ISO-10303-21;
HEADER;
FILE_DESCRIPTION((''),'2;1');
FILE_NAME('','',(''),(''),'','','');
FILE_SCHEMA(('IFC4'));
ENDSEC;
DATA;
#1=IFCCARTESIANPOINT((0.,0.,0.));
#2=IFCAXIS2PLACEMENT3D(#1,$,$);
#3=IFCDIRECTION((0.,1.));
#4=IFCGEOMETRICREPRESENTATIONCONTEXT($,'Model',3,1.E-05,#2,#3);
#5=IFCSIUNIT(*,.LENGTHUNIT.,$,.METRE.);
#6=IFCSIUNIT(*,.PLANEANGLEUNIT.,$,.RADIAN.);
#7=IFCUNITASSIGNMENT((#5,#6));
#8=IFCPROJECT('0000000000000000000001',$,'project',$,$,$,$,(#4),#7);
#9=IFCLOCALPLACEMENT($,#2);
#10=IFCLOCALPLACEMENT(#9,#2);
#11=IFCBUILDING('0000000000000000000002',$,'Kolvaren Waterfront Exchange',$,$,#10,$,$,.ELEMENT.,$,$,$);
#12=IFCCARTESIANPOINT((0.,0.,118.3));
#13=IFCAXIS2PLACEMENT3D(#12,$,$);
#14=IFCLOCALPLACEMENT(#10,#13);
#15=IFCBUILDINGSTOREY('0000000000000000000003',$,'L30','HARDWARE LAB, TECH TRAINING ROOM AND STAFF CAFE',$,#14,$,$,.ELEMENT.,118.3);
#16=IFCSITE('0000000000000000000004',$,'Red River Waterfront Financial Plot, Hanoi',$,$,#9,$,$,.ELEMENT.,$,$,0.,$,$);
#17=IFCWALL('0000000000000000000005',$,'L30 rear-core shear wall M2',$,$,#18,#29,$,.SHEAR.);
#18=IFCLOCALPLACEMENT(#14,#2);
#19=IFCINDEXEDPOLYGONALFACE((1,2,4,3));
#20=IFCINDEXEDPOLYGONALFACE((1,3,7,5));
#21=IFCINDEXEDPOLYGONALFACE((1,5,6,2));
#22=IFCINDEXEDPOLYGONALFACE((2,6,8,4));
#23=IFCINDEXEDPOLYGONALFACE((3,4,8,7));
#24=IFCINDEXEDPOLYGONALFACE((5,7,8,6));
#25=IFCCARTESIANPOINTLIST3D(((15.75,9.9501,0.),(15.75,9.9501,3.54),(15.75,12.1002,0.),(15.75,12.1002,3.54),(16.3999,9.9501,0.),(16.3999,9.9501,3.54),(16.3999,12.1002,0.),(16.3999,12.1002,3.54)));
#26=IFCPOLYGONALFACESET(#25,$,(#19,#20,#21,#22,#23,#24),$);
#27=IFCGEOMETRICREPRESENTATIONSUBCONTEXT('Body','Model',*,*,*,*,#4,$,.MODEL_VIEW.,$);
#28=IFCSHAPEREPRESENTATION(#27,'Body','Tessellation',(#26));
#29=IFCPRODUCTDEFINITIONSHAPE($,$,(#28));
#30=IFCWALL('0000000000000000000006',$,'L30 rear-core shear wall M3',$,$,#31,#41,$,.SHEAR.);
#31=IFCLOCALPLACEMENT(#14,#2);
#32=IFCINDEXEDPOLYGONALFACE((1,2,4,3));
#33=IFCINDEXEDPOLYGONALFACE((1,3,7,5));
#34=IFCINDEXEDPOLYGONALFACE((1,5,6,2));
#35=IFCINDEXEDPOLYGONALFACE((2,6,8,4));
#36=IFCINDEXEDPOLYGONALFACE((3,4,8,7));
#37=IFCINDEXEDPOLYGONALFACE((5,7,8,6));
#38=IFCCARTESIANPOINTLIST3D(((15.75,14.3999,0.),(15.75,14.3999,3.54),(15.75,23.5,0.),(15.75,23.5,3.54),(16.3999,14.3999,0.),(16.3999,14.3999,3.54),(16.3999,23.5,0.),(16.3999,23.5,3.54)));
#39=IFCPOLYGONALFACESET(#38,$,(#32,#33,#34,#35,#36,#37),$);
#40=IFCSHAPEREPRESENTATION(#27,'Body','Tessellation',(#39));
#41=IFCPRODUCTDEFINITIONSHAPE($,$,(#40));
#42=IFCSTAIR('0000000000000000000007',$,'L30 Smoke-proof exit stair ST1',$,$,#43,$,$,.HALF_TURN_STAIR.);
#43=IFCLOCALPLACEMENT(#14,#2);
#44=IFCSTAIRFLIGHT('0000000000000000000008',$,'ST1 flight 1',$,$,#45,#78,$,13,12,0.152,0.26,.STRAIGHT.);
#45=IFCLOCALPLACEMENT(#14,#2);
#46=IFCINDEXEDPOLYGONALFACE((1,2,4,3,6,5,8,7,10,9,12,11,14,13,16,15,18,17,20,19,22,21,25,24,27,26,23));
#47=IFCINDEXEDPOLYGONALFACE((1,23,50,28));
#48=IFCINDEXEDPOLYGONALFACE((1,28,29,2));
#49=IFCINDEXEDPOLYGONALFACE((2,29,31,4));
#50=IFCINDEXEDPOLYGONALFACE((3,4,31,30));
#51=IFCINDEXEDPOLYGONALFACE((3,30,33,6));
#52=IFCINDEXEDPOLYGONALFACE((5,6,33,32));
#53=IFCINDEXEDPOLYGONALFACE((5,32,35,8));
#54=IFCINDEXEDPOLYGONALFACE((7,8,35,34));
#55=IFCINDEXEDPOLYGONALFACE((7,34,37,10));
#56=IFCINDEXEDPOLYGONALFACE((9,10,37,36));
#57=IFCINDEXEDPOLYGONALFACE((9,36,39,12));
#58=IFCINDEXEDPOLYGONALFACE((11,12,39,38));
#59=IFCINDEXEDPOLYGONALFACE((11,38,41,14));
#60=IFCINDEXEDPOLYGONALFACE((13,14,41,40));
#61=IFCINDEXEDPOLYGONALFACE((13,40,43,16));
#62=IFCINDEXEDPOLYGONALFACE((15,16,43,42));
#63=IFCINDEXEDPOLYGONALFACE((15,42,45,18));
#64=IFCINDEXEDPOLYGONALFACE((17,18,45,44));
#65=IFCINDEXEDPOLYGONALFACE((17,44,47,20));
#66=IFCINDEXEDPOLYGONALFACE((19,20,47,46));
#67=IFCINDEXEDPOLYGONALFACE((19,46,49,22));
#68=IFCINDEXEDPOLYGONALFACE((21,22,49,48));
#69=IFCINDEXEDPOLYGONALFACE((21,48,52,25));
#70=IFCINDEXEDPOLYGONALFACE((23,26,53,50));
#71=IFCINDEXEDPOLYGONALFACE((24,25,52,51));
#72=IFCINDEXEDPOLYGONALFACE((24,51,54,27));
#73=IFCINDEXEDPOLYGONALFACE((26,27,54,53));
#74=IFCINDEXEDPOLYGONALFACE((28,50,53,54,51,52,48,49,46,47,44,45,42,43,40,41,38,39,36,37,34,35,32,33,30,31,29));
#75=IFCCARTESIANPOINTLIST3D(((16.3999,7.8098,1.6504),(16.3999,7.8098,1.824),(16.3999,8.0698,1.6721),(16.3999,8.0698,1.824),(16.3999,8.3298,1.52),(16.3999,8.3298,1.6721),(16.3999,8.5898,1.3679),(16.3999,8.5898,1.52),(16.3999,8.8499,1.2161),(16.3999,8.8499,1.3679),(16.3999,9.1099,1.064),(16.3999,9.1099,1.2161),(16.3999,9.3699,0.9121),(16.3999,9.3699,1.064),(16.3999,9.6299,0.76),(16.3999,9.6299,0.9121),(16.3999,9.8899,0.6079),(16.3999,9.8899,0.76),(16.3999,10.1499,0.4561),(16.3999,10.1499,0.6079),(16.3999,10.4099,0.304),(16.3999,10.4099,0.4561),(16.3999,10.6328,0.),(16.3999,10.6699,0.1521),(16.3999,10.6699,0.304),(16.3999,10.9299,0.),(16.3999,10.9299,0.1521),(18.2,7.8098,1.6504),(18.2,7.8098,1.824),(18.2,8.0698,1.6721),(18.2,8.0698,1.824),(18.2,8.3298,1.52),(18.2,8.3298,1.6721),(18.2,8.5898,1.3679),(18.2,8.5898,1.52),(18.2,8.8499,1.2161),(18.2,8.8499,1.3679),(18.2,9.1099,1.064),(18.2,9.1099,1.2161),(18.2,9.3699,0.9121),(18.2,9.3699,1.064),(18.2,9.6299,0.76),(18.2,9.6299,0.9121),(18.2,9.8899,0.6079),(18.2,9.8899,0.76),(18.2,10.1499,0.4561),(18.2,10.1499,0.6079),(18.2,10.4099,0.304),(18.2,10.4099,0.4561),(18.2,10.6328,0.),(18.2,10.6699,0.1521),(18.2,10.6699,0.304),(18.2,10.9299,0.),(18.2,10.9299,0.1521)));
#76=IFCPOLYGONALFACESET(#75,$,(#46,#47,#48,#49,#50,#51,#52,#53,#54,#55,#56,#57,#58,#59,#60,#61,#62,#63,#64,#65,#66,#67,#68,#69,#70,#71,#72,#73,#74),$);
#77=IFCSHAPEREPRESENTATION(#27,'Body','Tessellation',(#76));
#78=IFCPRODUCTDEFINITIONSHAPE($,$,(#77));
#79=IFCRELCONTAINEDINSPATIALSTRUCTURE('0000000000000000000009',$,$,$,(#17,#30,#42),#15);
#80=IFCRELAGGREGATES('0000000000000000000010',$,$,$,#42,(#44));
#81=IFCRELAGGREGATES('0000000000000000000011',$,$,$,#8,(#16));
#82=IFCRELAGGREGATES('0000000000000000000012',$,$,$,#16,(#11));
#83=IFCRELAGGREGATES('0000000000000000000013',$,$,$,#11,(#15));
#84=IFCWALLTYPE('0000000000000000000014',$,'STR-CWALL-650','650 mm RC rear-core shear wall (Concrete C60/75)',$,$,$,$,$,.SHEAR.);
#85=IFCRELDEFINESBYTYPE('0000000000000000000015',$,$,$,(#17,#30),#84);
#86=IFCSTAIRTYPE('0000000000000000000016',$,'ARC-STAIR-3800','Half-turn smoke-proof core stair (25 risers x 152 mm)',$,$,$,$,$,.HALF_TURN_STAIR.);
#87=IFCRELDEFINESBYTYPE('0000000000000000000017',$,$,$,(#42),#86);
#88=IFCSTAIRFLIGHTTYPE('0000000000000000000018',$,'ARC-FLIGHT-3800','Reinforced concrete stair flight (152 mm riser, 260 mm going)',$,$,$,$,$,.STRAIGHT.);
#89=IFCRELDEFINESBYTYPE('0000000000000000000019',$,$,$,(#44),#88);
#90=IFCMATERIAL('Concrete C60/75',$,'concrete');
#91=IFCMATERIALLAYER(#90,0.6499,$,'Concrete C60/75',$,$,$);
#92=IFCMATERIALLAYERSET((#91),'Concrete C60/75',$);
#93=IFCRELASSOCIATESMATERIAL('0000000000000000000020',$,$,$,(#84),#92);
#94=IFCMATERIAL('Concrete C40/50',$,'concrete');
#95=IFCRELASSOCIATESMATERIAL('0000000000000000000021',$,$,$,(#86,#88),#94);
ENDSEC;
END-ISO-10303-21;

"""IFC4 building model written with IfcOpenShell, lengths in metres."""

from ifc_helpers import new_model, si_unit, direction, frame, frame_2d, origin, place, context, subcontext, project, spatial, polyline, rectangle, outline, extrude, material, layer, layer_set, type_object, element, aggregate, save


model = new_model("IFC4")

# Units and contexts
model_context = context("Model", 3, precision=1e-05, world=origin(), true_north=direction((0.0, 1.0)))
body_context = subcontext(model_context, "Body", "Model", "MODEL_VIEW")
ifc_project = project(units=[si_unit("LENGTHUNIT", "METRE"), si_unit("PLANEANGLEUNIT", "RADIAN")], contexts=[model_context])

# Site, building, storey
site_placement = place(None, origin())
site = spatial("IfcSite", under=ifc_project, at=site_placement, Name="Red River Waterfront Financial Plot, Hanoi", CompositionType="ELEMENT", RefElevation=0.0)
building_placement = place(site_placement, origin())
building = spatial("IfcBuilding", under=site, at=building_placement, Name="Kolvaren Waterfront Exchange", CompositionType="ELEMENT")
storey_placement = place(building_placement, frame((0.0, 0.0, 118.3)))
storey = spatial("IfcBuildingStorey", under=building, at=storey_placement, Name="L30", Description="HARDWARE LAB, TECH TRAINING ROOM AND STAFF CAFE", CompositionType="ELEMENT", Elevation=118.3)

# Shared definitions
ifc_material_1 = material(Name="Concrete C60/75", Category="concrete")

# Walls
ifc_material_2 = material(Name="Concrete C40/50", Category="concrete")
ifc_layer_1 = layer(ifc_material_1, 0.6499, Name="Concrete C60/75")
ifc_layer_set_1 = layer_set([ifc_layer_1], Name="Concrete C60/75")
wall_type_1 = type_object("IfcWallType", Name="STR-CWALL-650", Description="650 mm RC rear-core shear wall (Concrete C60/75)", PredefinedType="SHEAR", material=ifc_layer_set_1)
wall_1_placement = place(storey_placement, frame((16.075, 9.95, 0.0), z_axis=(0.0, 0.0, 1.0), x_axis=(0.0, 1.0, 0.0)))
element("IfcWall", 1, at=wall_1_placement, inside=storey, type_object=wall_type_1, Name="L30 rear-core shear wall M2", PredefinedType="SHEAR", context=body_context, shape_type="SweptSolid", body=[
    extrude(rectangle(XDim=2.1501, YDim=0.6499, at=frame_2d((1.0752, 0.0))), origin(), (0.0, 0.0, 1.0), 3.54),
])
wall_2_placement = place(storey_placement, frame((16.075, 14.3999, 0.0), z_axis=(0.0, 0.0, 1.0), x_axis=(0.0, 1.0, 0.0)))
element("IfcWall", 2, at=wall_2_placement, inside=storey, type_object=wall_type_1, Name="L30 rear-core shear wall M3", PredefinedType="SHEAR", context=body_context, shape_type="SweptSolid", body=[
    extrude(rectangle(XDim=9.1001, YDim=0.6499, at=frame_2d((4.55, 0.0))), origin(), (0.0, 0.0, 1.0), 3.54),
])

# Stair, stair flight
stair_type = type_object("IfcStairType", Name="ARC-STAIR-3800", Description="Half-turn smoke-proof core stair (25 risers x 152 mm)", PredefinedType="HALF_TURN_STAIR", material=ifc_material_2)
stair_placement = place(storey_placement, origin())
stair = element("IfcStair", 3, at=stair_placement, inside=storey, type_object=stair_type, Name="L30 Smoke-proof exit stair ST1", PredefinedType="HALF_TURN_STAIR")
stair_flight_type = type_object("IfcStairFlightType", Name="ARC-FLIGHT-3800", Description="Reinforced concrete stair flight (152 mm riser, 260 mm going)", PredefinedType="STRAIGHT", material=ifc_material_2)
stair_flight_placement = place(storey_placement, frame((17.3, 10.9299, 0.0), z_axis=(0.0, 0.0, 1.0), x_axis=(0.0, -1.0, 0.0)))
stair_flight = element("IfcStairFlight", 4, at=stair_flight_placement, type_object=stair_flight_type, Name="ST1 flight 1", NumberOfRisers=13, NumberOfTreads=12, PredefinedType="STRAIGHT", RiserHeight=0.152, TreadLength=0.26, context=body_context, shape_type="SweptSolid", body=[
    extrude(outline(polyline([(0.0, 0.0), (0.0, 0.1521), (0.26, 0.1521), (0.26, 0.304), (0.52, 0.304), (0.52, 0.4561), (0.78, 0.4561), (0.78, 0.6079), (1.04, 0.6079), (1.04, 0.76), (1.3, 0.76), (1.3, 0.9121), (1.5601, 0.9121), (1.5601, 1.064), (1.8201, 1.064), (1.8201, 1.2161), (2.0801, 1.2161), (2.0801, 1.3679), (2.3401, 1.3679), (2.3401, 1.52), (2.6001, 1.52), (2.6001, 1.6721), (2.8601, 1.6721), (2.8601, 1.824), (3.1201, 1.824), (3.1201, 1.9761), (3.1201, 1.6504), (0.2971, 0.0), (0.0, 0.0)])), frame((0.0, 0.8999, 0.0), z_axis=(0.0, -1.0, 0.0), x_axis=(1.0, 0.0, 0.0)), (0.0, 0.0, 1.0), 1.8),
])
aggregate(stair, [stair_flight])

save(model, "model.ifc")
